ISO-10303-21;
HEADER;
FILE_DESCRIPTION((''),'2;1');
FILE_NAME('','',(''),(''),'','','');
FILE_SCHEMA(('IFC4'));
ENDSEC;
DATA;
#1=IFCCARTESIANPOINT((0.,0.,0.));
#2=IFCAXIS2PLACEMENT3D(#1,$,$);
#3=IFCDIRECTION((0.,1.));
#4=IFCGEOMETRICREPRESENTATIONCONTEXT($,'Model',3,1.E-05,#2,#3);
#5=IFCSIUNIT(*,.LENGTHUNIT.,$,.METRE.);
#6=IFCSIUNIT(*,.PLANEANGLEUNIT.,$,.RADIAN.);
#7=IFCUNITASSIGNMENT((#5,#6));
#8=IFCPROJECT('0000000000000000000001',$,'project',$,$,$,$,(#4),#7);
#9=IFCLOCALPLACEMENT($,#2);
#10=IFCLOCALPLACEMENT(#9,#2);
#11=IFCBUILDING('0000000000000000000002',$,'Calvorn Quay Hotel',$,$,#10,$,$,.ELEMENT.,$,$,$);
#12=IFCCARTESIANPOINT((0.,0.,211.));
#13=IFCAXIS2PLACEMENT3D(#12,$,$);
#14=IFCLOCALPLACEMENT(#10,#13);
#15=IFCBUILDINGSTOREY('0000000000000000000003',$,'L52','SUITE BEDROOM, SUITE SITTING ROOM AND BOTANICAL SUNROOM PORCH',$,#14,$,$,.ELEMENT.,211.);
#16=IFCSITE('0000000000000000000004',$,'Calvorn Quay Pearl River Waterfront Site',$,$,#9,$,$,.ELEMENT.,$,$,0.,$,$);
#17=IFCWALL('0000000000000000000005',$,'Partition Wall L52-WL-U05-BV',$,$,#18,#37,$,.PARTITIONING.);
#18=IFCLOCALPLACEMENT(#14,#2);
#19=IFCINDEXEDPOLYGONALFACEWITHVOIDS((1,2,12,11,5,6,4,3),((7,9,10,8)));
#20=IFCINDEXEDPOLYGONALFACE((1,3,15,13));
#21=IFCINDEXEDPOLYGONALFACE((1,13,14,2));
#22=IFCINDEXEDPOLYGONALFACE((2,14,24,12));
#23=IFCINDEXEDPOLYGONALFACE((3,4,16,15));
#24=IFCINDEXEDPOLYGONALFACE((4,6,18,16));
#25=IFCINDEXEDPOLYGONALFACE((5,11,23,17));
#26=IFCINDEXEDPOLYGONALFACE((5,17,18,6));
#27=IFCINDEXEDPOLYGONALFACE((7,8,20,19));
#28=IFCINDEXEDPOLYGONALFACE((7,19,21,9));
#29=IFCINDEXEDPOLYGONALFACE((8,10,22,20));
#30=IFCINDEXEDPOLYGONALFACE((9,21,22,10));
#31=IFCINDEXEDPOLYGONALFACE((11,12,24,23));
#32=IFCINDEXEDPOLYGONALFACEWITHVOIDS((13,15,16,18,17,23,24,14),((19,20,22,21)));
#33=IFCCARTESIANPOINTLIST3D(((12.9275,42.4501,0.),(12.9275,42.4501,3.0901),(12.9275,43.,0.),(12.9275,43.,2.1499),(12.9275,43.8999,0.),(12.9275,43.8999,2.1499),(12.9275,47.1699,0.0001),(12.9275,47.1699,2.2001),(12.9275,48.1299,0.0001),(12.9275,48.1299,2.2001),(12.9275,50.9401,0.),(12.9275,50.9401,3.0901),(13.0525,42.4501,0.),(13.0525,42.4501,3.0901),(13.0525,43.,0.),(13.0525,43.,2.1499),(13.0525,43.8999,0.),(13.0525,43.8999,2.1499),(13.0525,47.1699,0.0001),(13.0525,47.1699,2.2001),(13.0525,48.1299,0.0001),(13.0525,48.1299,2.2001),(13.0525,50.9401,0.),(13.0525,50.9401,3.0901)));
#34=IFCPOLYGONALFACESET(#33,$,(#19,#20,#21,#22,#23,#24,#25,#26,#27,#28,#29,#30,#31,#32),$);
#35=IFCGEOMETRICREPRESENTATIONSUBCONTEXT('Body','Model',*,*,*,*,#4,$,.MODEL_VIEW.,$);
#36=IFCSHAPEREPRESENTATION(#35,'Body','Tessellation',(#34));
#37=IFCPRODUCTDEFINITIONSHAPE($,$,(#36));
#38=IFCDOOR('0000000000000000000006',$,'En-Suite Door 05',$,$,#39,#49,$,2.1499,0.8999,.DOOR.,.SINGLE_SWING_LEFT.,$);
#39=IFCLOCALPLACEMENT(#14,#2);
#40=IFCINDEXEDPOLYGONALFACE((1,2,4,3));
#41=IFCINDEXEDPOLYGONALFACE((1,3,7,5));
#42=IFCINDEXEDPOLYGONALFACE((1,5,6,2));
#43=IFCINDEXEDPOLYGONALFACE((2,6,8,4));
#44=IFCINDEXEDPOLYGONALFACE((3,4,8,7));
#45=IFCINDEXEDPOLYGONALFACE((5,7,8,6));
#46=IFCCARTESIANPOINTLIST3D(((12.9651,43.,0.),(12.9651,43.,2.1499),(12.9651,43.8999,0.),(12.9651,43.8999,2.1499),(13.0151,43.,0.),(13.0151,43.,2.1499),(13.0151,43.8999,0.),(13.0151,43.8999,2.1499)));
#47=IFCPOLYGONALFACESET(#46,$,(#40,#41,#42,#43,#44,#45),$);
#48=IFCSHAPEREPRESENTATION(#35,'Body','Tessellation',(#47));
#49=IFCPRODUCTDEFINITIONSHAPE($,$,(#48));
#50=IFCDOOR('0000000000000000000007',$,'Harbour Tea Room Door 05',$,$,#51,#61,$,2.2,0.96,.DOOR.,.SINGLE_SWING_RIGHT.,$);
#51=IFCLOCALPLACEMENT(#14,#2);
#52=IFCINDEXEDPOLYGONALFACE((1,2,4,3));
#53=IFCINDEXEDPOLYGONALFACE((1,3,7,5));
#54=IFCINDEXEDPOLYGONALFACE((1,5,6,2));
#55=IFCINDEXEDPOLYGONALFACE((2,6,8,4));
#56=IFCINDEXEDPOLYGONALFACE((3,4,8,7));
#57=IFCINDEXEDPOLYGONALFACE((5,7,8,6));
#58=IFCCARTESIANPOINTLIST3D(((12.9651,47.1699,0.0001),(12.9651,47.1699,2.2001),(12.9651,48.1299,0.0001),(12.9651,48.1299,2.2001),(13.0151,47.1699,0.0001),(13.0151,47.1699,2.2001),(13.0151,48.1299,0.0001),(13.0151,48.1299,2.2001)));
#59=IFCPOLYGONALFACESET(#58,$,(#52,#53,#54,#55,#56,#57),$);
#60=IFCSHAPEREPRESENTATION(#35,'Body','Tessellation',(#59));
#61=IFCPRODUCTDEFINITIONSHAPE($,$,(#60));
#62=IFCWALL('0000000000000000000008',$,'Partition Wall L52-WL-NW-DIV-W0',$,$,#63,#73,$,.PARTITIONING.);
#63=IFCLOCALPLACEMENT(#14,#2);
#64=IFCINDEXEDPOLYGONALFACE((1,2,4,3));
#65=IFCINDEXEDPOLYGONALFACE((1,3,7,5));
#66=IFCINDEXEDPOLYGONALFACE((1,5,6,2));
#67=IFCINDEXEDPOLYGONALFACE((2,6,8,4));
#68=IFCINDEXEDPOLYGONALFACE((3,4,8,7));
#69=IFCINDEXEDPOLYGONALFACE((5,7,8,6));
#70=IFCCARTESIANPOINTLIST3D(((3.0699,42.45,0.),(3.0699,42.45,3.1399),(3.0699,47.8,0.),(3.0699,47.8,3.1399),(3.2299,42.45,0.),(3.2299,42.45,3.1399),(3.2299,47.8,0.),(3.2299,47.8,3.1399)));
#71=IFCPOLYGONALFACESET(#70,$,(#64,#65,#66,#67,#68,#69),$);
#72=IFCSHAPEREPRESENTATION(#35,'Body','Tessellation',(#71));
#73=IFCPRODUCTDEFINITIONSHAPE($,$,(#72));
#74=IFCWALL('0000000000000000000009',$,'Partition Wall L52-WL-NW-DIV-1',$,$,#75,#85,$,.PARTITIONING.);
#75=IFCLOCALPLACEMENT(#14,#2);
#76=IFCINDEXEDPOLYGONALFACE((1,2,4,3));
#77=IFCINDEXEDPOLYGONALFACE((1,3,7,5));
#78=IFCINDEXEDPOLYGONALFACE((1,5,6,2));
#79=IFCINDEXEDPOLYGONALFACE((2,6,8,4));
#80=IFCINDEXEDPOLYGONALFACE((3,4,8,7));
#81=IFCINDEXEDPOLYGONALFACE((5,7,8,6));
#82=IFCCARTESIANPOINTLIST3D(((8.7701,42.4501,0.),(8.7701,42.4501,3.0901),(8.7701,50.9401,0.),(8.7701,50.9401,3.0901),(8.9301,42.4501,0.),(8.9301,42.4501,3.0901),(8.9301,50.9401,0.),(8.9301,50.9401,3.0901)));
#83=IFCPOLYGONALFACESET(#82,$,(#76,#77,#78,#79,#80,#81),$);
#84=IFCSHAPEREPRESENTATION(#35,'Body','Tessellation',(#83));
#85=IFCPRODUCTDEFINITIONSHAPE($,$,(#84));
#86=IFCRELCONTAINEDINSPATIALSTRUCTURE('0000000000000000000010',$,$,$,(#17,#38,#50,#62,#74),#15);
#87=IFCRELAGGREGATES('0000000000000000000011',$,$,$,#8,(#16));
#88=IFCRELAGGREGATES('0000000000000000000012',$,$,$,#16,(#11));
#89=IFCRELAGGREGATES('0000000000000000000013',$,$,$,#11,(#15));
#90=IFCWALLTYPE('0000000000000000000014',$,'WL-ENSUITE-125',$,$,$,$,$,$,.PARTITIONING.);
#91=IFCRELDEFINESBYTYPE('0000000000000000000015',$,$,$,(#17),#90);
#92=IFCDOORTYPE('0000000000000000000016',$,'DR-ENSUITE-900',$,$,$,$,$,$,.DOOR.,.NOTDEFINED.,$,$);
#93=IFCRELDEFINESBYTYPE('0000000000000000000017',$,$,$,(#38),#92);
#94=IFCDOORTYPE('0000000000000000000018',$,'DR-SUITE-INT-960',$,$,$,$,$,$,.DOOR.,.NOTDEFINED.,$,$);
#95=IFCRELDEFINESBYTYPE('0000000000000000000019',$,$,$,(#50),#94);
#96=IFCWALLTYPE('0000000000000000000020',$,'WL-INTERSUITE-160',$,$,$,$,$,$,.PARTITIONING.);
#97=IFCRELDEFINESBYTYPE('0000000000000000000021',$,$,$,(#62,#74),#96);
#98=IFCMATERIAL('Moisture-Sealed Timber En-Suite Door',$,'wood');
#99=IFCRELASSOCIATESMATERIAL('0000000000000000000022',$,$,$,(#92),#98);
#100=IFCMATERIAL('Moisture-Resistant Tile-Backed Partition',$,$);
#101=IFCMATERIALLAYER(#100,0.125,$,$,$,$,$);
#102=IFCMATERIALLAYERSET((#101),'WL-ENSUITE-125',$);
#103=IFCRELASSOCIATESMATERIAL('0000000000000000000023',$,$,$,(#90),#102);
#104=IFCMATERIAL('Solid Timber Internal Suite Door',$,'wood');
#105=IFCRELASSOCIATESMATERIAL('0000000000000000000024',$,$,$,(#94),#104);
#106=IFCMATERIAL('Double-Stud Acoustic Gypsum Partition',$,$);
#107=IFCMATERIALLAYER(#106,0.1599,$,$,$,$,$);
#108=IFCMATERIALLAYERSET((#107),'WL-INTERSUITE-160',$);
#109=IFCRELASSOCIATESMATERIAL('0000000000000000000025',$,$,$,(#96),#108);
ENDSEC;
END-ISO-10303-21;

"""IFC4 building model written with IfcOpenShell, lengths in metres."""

from ifc_helpers import new_model, si_unit, direction, frame, frame_2d, origin, place, context, subcontext, project, spatial, rectangle, extrude, material, layer, layer_set, type_object, element, fill, save


model = new_model("IFC4")

# Units and contexts
model_context = context("Model", 3, precision=1e-05, world=origin(), true_north=direction((0.0, 1.0)))
body_context = subcontext(model_context, "Body", "Model", "MODEL_VIEW")
ifc_project = project(units=[si_unit("LENGTHUNIT", "METRE"), si_unit("PLANEANGLEUNIT", "RADIAN")], contexts=[model_context])

# Site, building, storey
site_placement = place(None, origin())
site = spatial("IfcSite", under=ifc_project, at=site_placement, Name="Calvorn Quay Pearl River Waterfront Site", CompositionType="ELEMENT", RefElevation=0.0)
building_placement = place(site_placement, origin())
building = spatial("IfcBuilding", under=site, at=building_placement, Name="Calvorn Quay Hotel", CompositionType="ELEMENT")
storey_placement = place(building_placement, frame((0.0, 0.0, 211.0)))
storey = spatial("IfcBuildingStorey", under=building, at=storey_placement, Name="L52", Description="SUITE BEDROOM, SUITE SITTING ROOM AND BOTANICAL SUNROOM PORCH", CompositionType="ELEMENT", Elevation=211.0)

# Shared definitions
ifc_material_1 = material(Name="Moisture-Sealed Timber En-Suite Door", Category="wood")
door_type_1 = type_object("IfcDoorType", Name="DR-ENSUITE-900", OperationType="NOTDEFINED", PredefinedType="DOOR", material=ifc_material_1)

# Wall, openings, doors
ifc_material_2 = material(Name="Moisture-Resistant Tile-Backed Partition")
ifc_layer_1 = layer(ifc_material_2, 0.125)
ifc_layer_set_1 = layer_set([ifc_layer_1], Name="WL-ENSUITE-125")
wall_type_1 = type_object("IfcWallType", Name="WL-ENSUITE-125", PredefinedType="PARTITIONING", material=ifc_layer_set_1)
ifc_material_3 = material(Name="Solid Timber Internal Suite Door", Category="wood")
door_type_2 = type_object("IfcDoorType", Name="DR-SUITE-INT-960", OperationType="NOTDEFINED", PredefinedType="DOOR", material=ifc_material_3)
wall_1_placement = place(storey_placement, frame((12.99, 42.45, 0.0), z_axis=(0.0, 0.0, 1.0), x_axis=(0.0, 1.0, 0.0)))
wall_1 = element("IfcWall", 1, at=wall_1_placement, inside=storey, type_object=wall_type_1, Name="Partition Wall L52-WL-U05-BV", PredefinedType="PARTITIONING", context=body_context, shape_type="SweptSolid", body=[
    extrude(rectangle(XDim=8.49, YDim=0.125, at=frame_2d((4.2451, 0.0))), origin(), (0.0, 0.0, 1.0), 3.0901),
])
opening_1_placement = place(wall_1_placement, frame((0.55, 0.0, 0.0)))
opening_1 = element("IfcOpeningElement", 2, at=opening_1_placement, cuts=wall_1, PredefinedType="OPENING", context=body_context, shape_type="SweptSolid", body=[
    extrude(rectangle(XDim=0.8999, YDim=2.1499, at=frame_2d((0.45, 1.075))), frame((0.0, 0.0725, 0.0), z_axis=(0.0, -1.0, 0.0), x_axis=(1.0, 0.0, 0.0)), (0.0, 0.0, 1.0), 0.145),
])
opening_2_placement = place(wall_1_placement, frame((4.72, 0.0, 0.0)))
opening_2 = element("IfcOpeningElement", 3, at=opening_2_placement, cuts=wall_1, PredefinedType="OPENING", context=body_context, shape_type="SweptSolid", body=[
    extrude(rectangle(XDim=0.96, YDim=2.2, at=frame_2d((0.48, 1.1001))), frame((0.0, 0.0725, 0.0), z_axis=(0.0, -1.0, 0.0), x_axis=(1.0, 0.0, 0.0)), (0.0, 0.0, 1.0), 0.145),
])
door_1_placement = place(opening_1_placement, origin())
door_1 = element("IfcDoor", 4, at=door_1_placement, inside=storey, type_object=door_type_1, Name="En-Suite Door 05", OperationType="SINGLE_SWING_LEFT", OverallHeight=2.1499, OverallWidth=0.8999, PredefinedType="DOOR", context=body_context, shape_type="SweptSolid", body=[
    extrude(rectangle(XDim=0.8999, YDim=2.1499, at=frame_2d((0.45, 1.075))), frame((0.0, 0.0249, 0.0), z_axis=(0.0, -1.0, 0.0), x_axis=(1.0, 0.0, 0.0)), (0.0, 0.0, 1.0), 0.05),
])
fill(opening_1, door_1)
door_2_placement = place(opening_2_placement, origin())
door_2 = element("IfcDoor", 5, at=door_2_placement, inside=storey, type_object=door_type_2, Name="Harbour Tea Room Door 05", OperationType="SINGLE_SWING_RIGHT", OverallHeight=2.2, OverallWidth=0.96, PredefinedType="DOOR", context=body_context, shape_type="SweptSolid", body=[
    extrude(rectangle(XDim=0.96, YDim=2.2, at=frame_2d((0.48, 1.1001))), frame((0.0, 0.0249, 0.0), z_axis=(0.0, -1.0, 0.0), x_axis=(1.0, 0.0, 0.0)), (0.0, 0.0, 1.0), 0.05),
])
fill(opening_2, door_2)

# Walls
ifc_material_4 = material(Name="Double-Stud Acoustic Gypsum Partition")
ifc_layer_2 = layer(ifc_material_4, 0.1599)
ifc_layer_set_2 = layer_set([ifc_layer_2], Name="WL-INTERSUITE-160")
wall_type_2 = type_object("IfcWallType", Name="WL-INTERSUITE-160", PredefinedType="PARTITIONING", material=ifc_layer_set_2)
wall_2_placement = place(storey_placement, frame((3.1499, 42.45, 0.0), z_axis=(0.0, 0.0, 1.0), x_axis=(0.0, 1.0, 0.0)))
element("IfcWall", 6, at=wall_2_placement, inside=storey, type_object=wall_type_2, Name="Partition Wall L52-WL-NW-DIV-W0", PredefinedType="PARTITIONING", context=body_context, shape_type="SweptSolid", body=[
    extrude(rectangle(XDim=5.3501, YDim=0.1599, at=frame_2d((2.675, 0.0))), origin(), (0.0, 0.0, 1.0), 3.1399),
])
wall_3_placement = place(storey_placement, frame((8.8501, 42.45, 0.0), z_axis=(0.0, 0.0, 1.0), x_axis=(0.0, 1.0, 0.0)))
element("IfcWall", 7, at=wall_3_placement, inside=storey, type_object=wall_type_2, Name="Partition Wall L52-WL-NW-DIV-1", PredefinedType="PARTITIONING", context=body_context, shape_type="SweptSolid", body=[
    extrude(rectangle(XDim=8.49, YDim=0.1599, at=frame_2d((4.2451, 0.0))), origin(), (0.0, 0.0, 1.0), 3.0901),
])

save(model, "model.ifc")
